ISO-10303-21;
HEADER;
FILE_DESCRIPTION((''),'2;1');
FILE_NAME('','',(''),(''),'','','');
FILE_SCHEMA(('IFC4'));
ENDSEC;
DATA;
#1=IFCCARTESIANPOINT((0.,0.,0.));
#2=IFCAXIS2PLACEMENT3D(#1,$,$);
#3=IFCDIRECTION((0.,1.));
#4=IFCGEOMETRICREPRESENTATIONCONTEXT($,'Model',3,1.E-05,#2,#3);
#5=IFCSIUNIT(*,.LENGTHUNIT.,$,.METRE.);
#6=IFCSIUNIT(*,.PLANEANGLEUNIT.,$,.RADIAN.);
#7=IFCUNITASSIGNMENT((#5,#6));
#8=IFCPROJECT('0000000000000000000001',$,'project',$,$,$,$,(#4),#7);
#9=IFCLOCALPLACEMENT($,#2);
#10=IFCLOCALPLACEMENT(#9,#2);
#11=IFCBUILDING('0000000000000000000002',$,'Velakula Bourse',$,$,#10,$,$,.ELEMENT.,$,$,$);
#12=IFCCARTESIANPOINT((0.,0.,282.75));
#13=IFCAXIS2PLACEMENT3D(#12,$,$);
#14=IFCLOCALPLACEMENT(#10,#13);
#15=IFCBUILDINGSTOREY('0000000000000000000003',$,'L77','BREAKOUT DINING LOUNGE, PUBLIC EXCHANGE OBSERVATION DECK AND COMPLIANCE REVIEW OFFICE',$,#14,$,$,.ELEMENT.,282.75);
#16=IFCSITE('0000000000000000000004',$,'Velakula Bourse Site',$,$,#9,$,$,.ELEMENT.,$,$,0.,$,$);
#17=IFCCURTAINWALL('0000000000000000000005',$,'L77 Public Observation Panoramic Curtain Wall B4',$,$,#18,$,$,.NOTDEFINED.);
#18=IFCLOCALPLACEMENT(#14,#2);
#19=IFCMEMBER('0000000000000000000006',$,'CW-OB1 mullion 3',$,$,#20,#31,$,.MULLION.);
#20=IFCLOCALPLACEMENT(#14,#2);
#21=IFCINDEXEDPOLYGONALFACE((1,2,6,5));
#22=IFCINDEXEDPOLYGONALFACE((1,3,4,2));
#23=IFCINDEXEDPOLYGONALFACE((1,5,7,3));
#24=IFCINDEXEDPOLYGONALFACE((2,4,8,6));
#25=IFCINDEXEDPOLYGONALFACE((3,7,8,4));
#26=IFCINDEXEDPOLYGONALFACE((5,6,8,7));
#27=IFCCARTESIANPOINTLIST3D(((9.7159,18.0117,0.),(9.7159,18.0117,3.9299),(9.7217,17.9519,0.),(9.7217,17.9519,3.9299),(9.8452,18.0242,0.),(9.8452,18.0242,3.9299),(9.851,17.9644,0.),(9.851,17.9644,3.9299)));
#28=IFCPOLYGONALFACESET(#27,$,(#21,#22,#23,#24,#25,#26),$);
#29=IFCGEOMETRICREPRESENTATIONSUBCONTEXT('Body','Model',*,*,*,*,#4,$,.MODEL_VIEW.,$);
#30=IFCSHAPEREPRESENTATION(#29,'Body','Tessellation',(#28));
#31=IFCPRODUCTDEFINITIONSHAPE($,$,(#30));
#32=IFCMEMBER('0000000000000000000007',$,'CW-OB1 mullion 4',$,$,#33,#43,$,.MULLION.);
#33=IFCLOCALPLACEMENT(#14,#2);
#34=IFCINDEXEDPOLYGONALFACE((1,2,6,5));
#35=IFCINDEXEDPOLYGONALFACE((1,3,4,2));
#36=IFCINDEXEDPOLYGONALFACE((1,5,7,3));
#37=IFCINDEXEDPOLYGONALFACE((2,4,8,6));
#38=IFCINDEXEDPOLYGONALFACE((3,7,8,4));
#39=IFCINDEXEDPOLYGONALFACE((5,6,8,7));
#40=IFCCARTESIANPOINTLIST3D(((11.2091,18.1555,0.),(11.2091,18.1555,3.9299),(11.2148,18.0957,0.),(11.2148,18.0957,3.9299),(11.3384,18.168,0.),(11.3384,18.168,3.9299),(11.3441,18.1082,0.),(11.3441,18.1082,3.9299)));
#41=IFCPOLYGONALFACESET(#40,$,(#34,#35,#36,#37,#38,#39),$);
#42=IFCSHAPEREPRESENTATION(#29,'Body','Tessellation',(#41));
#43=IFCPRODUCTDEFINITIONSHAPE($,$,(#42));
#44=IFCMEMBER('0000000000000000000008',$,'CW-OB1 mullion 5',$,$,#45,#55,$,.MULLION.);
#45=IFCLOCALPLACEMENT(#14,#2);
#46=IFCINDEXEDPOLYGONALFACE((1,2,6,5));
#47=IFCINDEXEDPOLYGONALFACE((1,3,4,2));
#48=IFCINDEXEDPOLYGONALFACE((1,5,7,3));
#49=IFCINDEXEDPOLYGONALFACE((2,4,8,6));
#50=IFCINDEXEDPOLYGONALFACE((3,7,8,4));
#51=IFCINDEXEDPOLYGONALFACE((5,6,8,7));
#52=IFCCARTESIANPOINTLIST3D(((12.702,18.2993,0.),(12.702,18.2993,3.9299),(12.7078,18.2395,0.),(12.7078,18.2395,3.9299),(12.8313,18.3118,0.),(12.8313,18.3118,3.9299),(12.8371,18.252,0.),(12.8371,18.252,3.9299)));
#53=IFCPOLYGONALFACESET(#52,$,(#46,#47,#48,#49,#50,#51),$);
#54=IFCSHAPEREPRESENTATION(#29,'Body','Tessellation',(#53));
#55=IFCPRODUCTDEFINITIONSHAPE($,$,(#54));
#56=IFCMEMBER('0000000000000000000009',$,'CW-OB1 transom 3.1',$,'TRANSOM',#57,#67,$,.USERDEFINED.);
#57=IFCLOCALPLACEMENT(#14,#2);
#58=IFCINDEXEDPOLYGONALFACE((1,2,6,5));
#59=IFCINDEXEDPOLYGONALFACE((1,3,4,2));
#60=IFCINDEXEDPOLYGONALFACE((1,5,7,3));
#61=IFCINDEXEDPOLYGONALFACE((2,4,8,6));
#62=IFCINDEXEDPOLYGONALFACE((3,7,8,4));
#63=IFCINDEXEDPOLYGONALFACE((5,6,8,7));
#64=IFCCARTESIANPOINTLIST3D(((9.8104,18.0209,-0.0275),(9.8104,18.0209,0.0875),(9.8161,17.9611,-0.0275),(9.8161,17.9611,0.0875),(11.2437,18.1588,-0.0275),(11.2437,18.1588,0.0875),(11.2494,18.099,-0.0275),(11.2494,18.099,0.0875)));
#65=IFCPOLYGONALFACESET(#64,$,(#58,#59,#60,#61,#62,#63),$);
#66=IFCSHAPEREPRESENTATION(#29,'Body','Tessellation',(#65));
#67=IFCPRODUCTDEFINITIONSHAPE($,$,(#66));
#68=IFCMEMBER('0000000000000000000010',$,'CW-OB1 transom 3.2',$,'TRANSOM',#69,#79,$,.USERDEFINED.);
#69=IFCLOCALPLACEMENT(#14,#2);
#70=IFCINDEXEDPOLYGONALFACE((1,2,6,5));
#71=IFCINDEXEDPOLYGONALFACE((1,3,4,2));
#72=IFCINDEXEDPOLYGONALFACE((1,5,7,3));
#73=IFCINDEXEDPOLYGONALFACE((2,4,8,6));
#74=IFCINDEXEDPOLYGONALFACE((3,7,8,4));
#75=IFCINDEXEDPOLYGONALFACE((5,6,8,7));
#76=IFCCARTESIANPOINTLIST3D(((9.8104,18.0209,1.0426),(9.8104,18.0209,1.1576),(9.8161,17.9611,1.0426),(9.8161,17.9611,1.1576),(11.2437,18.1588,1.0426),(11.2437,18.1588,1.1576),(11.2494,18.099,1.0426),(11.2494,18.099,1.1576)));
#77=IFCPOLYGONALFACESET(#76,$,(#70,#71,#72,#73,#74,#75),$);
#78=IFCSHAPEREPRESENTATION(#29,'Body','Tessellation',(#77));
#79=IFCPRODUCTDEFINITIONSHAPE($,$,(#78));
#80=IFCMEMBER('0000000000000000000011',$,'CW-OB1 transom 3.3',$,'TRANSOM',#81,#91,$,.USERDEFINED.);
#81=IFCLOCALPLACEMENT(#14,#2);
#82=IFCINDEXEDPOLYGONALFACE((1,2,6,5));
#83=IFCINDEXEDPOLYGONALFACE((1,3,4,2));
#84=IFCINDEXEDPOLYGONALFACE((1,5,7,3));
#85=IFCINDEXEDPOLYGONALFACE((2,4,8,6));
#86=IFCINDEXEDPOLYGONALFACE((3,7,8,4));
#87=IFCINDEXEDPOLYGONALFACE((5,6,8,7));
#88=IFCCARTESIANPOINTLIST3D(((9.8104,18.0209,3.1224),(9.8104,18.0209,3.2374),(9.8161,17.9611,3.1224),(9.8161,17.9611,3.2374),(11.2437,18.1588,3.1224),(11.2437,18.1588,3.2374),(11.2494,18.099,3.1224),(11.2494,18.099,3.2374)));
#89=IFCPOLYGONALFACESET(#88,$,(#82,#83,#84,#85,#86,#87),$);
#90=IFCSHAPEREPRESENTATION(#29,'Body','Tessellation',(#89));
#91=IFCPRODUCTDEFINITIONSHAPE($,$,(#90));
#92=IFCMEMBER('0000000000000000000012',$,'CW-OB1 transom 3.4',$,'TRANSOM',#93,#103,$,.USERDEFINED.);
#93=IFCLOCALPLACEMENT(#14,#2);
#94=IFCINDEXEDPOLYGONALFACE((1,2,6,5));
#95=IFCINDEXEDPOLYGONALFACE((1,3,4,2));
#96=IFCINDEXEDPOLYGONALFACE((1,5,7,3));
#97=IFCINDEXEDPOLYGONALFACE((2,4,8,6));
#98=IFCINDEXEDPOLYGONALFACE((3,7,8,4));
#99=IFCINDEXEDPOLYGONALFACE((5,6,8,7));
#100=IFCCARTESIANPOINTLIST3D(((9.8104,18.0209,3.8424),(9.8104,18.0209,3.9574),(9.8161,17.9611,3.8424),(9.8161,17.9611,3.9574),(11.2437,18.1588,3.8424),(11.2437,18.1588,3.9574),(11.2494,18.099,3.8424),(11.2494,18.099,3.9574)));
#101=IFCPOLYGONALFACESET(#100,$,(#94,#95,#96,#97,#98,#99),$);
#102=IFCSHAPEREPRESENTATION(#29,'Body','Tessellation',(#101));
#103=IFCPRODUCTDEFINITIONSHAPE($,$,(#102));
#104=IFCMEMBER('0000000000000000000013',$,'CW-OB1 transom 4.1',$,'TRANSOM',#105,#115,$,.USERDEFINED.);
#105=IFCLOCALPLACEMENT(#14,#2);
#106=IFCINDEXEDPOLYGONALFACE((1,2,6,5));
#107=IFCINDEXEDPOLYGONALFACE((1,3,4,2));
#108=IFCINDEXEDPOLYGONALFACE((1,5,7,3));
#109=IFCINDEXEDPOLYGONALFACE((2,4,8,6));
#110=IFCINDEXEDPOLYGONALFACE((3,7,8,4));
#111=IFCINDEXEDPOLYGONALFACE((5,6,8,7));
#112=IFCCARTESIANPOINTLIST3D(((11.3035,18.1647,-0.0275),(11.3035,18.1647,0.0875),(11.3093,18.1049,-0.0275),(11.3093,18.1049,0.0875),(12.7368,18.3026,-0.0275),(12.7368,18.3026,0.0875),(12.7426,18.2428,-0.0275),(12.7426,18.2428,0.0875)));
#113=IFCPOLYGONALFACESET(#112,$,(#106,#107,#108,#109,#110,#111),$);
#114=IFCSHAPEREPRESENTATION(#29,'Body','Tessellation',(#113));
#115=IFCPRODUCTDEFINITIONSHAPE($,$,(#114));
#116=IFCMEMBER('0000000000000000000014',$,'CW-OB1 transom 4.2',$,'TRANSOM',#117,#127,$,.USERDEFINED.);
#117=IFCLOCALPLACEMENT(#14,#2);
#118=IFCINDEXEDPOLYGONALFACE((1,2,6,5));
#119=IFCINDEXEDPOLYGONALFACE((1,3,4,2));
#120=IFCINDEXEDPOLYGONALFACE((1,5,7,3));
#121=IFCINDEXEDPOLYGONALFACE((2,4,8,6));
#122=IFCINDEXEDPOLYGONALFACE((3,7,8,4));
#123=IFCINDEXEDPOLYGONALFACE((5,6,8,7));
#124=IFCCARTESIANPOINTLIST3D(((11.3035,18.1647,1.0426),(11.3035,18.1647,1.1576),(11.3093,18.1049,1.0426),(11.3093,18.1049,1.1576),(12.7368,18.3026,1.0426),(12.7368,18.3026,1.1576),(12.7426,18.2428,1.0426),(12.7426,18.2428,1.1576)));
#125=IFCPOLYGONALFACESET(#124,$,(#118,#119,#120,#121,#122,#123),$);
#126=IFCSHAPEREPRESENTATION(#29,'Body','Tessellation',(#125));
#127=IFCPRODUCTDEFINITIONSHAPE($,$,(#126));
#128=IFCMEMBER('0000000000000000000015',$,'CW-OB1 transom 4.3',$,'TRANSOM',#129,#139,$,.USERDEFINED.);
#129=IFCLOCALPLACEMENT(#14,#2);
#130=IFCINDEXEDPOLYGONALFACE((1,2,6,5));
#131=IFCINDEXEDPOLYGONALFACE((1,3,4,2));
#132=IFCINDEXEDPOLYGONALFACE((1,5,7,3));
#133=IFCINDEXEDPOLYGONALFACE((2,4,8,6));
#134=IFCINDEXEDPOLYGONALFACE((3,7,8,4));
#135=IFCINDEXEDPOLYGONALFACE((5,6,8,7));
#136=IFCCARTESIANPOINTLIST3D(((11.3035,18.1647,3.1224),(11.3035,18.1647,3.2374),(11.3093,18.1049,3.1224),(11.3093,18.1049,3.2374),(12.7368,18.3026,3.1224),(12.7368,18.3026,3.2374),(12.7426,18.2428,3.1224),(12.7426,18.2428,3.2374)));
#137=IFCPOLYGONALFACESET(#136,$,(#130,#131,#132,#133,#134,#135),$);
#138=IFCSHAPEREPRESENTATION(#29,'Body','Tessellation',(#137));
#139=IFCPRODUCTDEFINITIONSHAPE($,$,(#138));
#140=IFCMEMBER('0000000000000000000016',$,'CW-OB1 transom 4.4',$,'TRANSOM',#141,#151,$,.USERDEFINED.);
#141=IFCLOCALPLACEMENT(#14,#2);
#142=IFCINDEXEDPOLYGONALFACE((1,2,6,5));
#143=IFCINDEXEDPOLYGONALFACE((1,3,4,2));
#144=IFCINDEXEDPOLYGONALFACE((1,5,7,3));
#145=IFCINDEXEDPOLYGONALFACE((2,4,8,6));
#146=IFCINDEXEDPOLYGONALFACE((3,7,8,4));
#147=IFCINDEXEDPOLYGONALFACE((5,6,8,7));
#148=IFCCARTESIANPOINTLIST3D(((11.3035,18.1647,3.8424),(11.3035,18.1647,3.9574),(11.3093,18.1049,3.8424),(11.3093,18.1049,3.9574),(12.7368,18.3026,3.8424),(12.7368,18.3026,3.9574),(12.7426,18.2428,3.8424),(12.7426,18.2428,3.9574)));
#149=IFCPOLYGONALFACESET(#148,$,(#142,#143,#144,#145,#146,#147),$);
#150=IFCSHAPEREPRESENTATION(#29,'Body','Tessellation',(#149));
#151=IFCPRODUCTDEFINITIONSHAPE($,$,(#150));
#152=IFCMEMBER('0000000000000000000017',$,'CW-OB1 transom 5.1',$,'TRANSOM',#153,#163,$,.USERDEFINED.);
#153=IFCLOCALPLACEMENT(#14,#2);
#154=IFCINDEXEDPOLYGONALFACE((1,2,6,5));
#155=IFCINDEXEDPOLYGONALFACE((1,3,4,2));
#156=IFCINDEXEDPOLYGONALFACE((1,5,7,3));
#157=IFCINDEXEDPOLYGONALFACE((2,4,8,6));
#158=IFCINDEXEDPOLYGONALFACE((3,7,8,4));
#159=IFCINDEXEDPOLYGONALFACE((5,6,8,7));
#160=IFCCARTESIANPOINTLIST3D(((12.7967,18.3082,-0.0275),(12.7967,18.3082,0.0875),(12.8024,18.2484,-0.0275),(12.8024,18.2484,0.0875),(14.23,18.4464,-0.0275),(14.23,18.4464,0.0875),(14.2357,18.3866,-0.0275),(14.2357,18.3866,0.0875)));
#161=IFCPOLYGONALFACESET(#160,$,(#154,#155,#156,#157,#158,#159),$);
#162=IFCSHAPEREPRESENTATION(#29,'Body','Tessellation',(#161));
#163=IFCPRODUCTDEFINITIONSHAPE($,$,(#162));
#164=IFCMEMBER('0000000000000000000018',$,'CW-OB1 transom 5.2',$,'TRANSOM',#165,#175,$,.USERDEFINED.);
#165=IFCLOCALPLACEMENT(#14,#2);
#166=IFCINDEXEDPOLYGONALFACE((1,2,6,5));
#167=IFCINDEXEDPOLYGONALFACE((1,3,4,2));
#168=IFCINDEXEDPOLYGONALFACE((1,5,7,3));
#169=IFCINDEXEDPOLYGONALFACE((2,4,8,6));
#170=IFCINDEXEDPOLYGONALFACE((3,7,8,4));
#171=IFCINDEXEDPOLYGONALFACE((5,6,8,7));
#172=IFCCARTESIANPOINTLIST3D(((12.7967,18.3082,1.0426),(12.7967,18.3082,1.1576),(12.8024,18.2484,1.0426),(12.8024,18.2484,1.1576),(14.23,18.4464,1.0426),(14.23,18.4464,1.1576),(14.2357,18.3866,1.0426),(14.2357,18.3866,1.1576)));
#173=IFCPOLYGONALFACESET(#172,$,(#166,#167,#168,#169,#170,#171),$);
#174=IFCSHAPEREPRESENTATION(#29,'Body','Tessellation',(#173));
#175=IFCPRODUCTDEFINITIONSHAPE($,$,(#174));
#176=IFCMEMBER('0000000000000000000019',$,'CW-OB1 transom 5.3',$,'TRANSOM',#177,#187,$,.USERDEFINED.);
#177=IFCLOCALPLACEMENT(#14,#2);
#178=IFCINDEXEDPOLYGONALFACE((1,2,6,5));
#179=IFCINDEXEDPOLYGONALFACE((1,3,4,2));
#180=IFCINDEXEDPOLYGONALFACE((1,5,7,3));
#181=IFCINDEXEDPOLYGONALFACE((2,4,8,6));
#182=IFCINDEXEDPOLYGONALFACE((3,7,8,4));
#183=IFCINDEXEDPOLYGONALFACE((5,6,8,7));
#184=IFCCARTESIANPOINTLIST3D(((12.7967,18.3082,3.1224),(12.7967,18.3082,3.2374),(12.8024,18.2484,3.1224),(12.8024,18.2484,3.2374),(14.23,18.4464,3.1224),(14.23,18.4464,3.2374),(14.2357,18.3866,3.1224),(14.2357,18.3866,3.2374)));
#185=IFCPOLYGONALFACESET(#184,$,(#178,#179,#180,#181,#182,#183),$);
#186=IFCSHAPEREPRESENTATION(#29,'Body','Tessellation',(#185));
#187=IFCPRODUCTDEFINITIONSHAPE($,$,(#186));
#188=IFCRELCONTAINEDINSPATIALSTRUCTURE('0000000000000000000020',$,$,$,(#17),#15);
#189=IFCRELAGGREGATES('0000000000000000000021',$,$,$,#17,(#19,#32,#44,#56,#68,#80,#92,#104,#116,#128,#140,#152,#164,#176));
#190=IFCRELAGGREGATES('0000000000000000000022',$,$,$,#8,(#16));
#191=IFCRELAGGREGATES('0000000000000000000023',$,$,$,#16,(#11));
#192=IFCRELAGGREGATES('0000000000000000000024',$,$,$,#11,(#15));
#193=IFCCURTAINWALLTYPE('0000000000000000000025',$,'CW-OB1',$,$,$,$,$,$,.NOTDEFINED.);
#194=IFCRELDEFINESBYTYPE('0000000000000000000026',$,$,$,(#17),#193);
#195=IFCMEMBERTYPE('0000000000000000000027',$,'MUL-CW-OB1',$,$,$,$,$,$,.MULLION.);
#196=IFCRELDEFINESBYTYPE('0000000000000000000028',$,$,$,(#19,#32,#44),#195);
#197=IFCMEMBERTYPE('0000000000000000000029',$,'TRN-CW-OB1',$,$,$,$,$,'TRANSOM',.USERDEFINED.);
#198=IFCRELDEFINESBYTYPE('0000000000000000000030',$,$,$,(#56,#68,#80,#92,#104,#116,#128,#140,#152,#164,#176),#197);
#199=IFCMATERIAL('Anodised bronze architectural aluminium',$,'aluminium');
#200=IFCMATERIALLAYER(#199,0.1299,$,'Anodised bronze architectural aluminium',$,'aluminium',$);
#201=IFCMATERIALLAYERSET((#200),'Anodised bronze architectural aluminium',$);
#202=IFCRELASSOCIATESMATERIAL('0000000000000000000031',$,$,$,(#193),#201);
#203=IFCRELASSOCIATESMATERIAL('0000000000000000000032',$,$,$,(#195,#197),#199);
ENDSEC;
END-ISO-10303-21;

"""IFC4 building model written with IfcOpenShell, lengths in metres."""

from ifc_helpers import new_model, si_unit, direction, frame, origin, origin_2d, place, context, subcontext, project, spatial, rectangle, extrude, material, layer, layer_set, material_profile, profile_set, type_object, element, aggregate, save


model = new_model("IFC4")

# Units and contexts
model_context = context("Model", 3, precision=1e-05, world=origin(), true_north=direction((0.0, 1.0)))
body_context = subcontext(model_context, "Body", "Model", "MODEL_VIEW")
ifc_project = project(units=[si_unit("LENGTHUNIT", "METRE"), si_unit("PLANEANGLEUNIT", "RADIAN")], contexts=[model_context])

# Site, building, storey
site_placement = place(None, origin())
site = spatial("IfcSite", under=ifc_project, at=site_placement, Name="Velakula Bourse Site", CompositionType="ELEMENT", RefElevation=0.0)
building_placement = place(site_placement, origin())
building = spatial("IfcBuilding", under=site, at=building_placement, Name="Velakula Bourse", CompositionType="ELEMENT")
storey_placement = place(building_placement, frame((0.0, 0.0, 282.75)))
storey = spatial("IfcBuildingStorey", under=building, at=storey_placement, Name="L77", Description="BREAKOUT DINING LOUNGE, PUBLIC EXCHANGE OBSERVATION DECK AND COMPLIANCE REVIEW OFFICE", CompositionType="ELEMENT", Elevation=282.75)

# Curtain wall, members
ifc_material_1 = material(Name="Anodised bronze architectural aluminium", Category="aluminium")
ifc_layer_1 = layer(ifc_material_1, 0.1299, Name="Anodised bronze architectural aluminium", Category="aluminium")
ifc_layer_set_1 = layer_set([ifc_layer_1], Name="Anodised bronze architectural aluminium")
curtain_wall_type = type_object("IfcCurtainWallType", Name="CW-OB1", PredefinedType="NOTDEFINED", material=ifc_layer_set_1)
curtain_wall_placement = place(storey_placement, origin())
curtain_wall = element("IfcCurtainWall", 1, at=curtain_wall_placement, inside=storey, type_object=curtain_wall_type, Name="L77 Public Observation Panoramic Curtain Wall B4", PredefinedType="NOTDEFINED")
ifc_material_profile_1 = material_profile(ifc_material_1, rectangle(XDim=0.0601, YDim=0.1299, at=origin_2d()), Name="Anodised bronze architectural aluminium")
ifc_profile_set_1 = profile_set([ifc_material_profile_1], Name="Anodised bronze architectural aluminium")
member_type_1 = type_object("IfcMemberType", Name="MUL-CW-OB1", PredefinedType="MULLION", material=ifc_profile_set_1)
member_1_placement = place(storey_placement, frame((9.7834, 17.988, 0.0), z_axis=(0.0, 0.0, 1.0), x_axis=(-0.095844, 0.995396, 0.0)))
member_1 = element("IfcMember", 2, at=member_1_placement, type_object=member_type_1, Name="CW-OB1 mullion 3", PredefinedType="MULLION", context=body_context, shape_type="SweptSolid", body=[
    extrude(rectangle(XDim=0.0601, YDim=0.1299, at=origin_2d()), origin(), (0.0, 0.0, 1.0), 3.9299),
])
member_2_placement = place(storey_placement, frame((11.2766, 18.1318, 0.0), z_axis=(0.0, 0.0, 1.0), x_axis=(-0.095844, 0.995396, 0.0)))
member_2 = element("IfcMember", 3, at=member_2_placement, type_object=member_type_1, Name="CW-OB1 mullion 4", PredefinedType="MULLION", context=body_context, shape_type="SweptSolid", body=[
    extrude(rectangle(XDim=0.0601, YDim=0.1299, at=origin_2d()), origin(), (0.0, 0.0, 1.0), 3.9299),
])
member_3_placement = place(storey_placement, frame((12.7695, 18.2756, 0.0), z_axis=(0.0, 0.0, 1.0), x_axis=(-0.095844, 0.995396, 0.0)))
member_3 = element("IfcMember", 4, at=member_3_placement, type_object=member_type_1, Name="CW-OB1 mullion 5", PredefinedType="MULLION", context=body_context, shape_type="SweptSolid", body=[
    extrude(rectangle(XDim=0.0601, YDim=0.1299, at=origin_2d()), origin(), (0.0, 0.0, 1.0), 3.9299),
])
ifc_material_profile_2 = material_profile(ifc_material_1, rectangle(XDim=0.0601, YDim=0.115, at=origin_2d()), Name="Anodised bronze architectural aluminium")
ifc_profile_set_2 = profile_set([ifc_material_profile_2], Name="Anodised bronze architectural aluminium")
member_type_2 = type_object("IfcMemberType", Name="TRN-CW-OB1", ElementType="TRANSOM", PredefinedType="USERDEFINED", material=ifc_profile_set_2)
member_4_placement = place(storey_placement, frame((9.8132, 17.991, 0.03), z_axis=(0.995401, 0.095793, 0.0), x_axis=(-0.095793, 0.995401, 0.0)))
member_4 = element("IfcMember", 5, at=member_4_placement, type_object=member_type_2, Name="CW-OB1 transom 3.1", ObjectType="TRANSOM", PredefinedType="USERDEFINED", context=body_context, shape_type="SweptSolid", body=[
    extrude(rectangle(XDim=0.0601, YDim=0.115, at=origin_2d()), origin(), (0.0, 0.0, 1.0), 1.4399),
])
member_5_placement = place(storey_placement, frame((9.8132, 17.991, 1.1001), z_axis=(0.995401, 0.095793, 0.0), x_axis=(-0.095793, 0.995401, 0.0)))
member_5 = element("IfcMember", 6, at=member_5_placement, type_object=member_type_2, Name="CW-OB1 transom 3.2", ObjectType="TRANSOM", PredefinedType="USERDEFINED", context=body_context, shape_type="SweptSolid", body=[
    extrude(rectangle(XDim=0.0601, YDim=0.115, at=origin_2d()), origin(), (0.0, 0.0, 1.0), 1.4399),
])
member_6_placement = place(storey_placement, frame((9.8132, 17.991, 3.1799), z_axis=(0.995401, 0.095793, 0.0), x_axis=(-0.095793, 0.995401, 0.0)))
member_6 = element("IfcMember", 7, at=member_6_placement, type_object=member_type_2, Name="CW-OB1 transom 3.3", ObjectType="TRANSOM", PredefinedType="USERDEFINED", context=body_context, shape_type="SweptSolid", body=[
    extrude(rectangle(XDim=0.0601, YDim=0.115, at=origin_2d()), origin(), (0.0, 0.0, 1.0), 1.4399),
])
member_7_placement = place(storey_placement, frame((9.8132, 17.991, 3.8999), z_axis=(0.995401, 0.095793, 0.0), x_axis=(-0.095793, 0.995401, 0.0)))
member_7 = element("IfcMember", 8, at=member_7_placement, type_object=member_type_2, Name="CW-OB1 transom 3.4", ObjectType="TRANSOM", PredefinedType="USERDEFINED", context=body_context, shape_type="SweptSolid", body=[
    extrude(rectangle(XDim=0.0601, YDim=0.115, at=origin_2d()), origin(), (0.0, 0.0, 1.0), 1.4399),
])
member_8_placement = place(storey_placement, frame((11.3064, 18.1348, 0.03), z_axis=(0.995401, 0.095793, 0.0), x_axis=(-0.095793, 0.995401, 0.0)))
member_8 = element("IfcMember", 9, at=member_8_placement, type_object=member_type_2, Name="CW-OB1 transom 4.1", ObjectType="TRANSOM", PredefinedType="USERDEFINED", context=body_context, shape_type="SweptSolid", body=[
    extrude(rectangle(XDim=0.0601, YDim=0.115, at=origin_2d()), origin(), (0.0, 0.0, 1.0), 1.4399),
])
member_9_placement = place(storey_placement, frame((11.3064, 18.1348, 1.1001), z_axis=(0.995401, 0.095793, 0.0), x_axis=(-0.095793, 0.995401, 0.0)))
member_9 = element("IfcMember", 10, at=member_9_placement, type_object=member_type_2, Name="CW-OB1 transom 4.2", ObjectType="TRANSOM", PredefinedType="USERDEFINED", context=body_context, shape_type="SweptSolid", body=[
    extrude(rectangle(XDim=0.0601, YDim=0.115, at=origin_2d()), origin(), (0.0, 0.0, 1.0), 1.4399),
])
member_10_placement = place(storey_placement, frame((11.3064, 18.1348, 3.1799), z_axis=(0.995401, 0.095793, 0.0), x_axis=(-0.095793, 0.995401, 0.0)))
member_10 = element("IfcMember", 11, at=member_10_placement, type_object=member_type_2, Name="CW-OB1 transom 4.3", ObjectType="TRANSOM", PredefinedType="USERDEFINED", context=body_context, shape_type="SweptSolid", body=[
    extrude(rectangle(XDim=0.0601, YDim=0.115, at=origin_2d()), origin(), (0.0, 0.0, 1.0), 1.4399),
])
member_11_placement = place(storey_placement, frame((11.3064, 18.1348, 3.8999), z_axis=(0.995401, 0.095793, 0.0), x_axis=(-0.095793, 0.995401, 0.0)))
member_11 = element("IfcMember", 12, at=member_11_placement, type_object=member_type_2, Name="CW-OB1 transom 4.4", ObjectType="TRANSOM", PredefinedType="USERDEFINED", context=body_context, shape_type="SweptSolid", body=[
    extrude(rectangle(XDim=0.0601, YDim=0.115, at=origin_2d()), origin(), (0.0, 0.0, 1.0), 1.4399),
])
member_12_placement = place(storey_placement, frame((12.7996, 18.2783, 0.03), z_axis=(0.995385, 0.095961, 0.0), x_axis=(-0.095961, 0.995385, 0.0)))
member_12 = element("IfcMember", 13, at=member_12_placement, type_object=member_type_2, Name="CW-OB1 transom 5.1", ObjectType="TRANSOM", PredefinedType="USERDEFINED", context=body_context, shape_type="SweptSolid", body=[
    extrude(rectangle(XDim=0.0601, YDim=0.115, at=origin_2d()), origin(), (0.0, 0.0, 1.0), 1.4399),
])
member_13_placement = place(storey_placement, frame((12.7996, 18.2783, 1.1001), z_axis=(0.995385, 0.095961, 0.0), x_axis=(-0.095961, 0.995385, 0.0)))
member_13 = element("IfcMember", 14, at=member_13_placement, type_object=member_type_2, Name="CW-OB1 transom 5.2", ObjectType="TRANSOM", PredefinedType="USERDEFINED", context=body_context, shape_type="SweptSolid", body=[
    extrude(rectangle(XDim=0.0601, YDim=0.115, at=origin_2d()), origin(), (0.0, 0.0, 1.0), 1.4399),
])
member_14_placement = place(storey_placement, frame((12.7996, 18.2783, 3.1799), z_axis=(0.995385, 0.095961, 0.0), x_axis=(-0.095961, 0.995385, 0.0)))
member_14 = element("IfcMember", 15, at=member_14_placement, type_object=member_type_2, Name="CW-OB1 transom 5.3", ObjectType="TRANSOM", PredefinedType="USERDEFINED", context=body_context, shape_type="SweptSolid", body=[
    extrude(rectangle(XDim=0.0601, YDim=0.115, at=origin_2d()), origin(), (0.0, 0.0, 1.0), 1.4399),
])
aggregate(curtain_wall, [member_1, member_2, member_3, member_4, member_5, member_6, member_7, member_8, member_9, member_10, member_11, member_12, member_13, member_14])

save(model, "model.ifc")
